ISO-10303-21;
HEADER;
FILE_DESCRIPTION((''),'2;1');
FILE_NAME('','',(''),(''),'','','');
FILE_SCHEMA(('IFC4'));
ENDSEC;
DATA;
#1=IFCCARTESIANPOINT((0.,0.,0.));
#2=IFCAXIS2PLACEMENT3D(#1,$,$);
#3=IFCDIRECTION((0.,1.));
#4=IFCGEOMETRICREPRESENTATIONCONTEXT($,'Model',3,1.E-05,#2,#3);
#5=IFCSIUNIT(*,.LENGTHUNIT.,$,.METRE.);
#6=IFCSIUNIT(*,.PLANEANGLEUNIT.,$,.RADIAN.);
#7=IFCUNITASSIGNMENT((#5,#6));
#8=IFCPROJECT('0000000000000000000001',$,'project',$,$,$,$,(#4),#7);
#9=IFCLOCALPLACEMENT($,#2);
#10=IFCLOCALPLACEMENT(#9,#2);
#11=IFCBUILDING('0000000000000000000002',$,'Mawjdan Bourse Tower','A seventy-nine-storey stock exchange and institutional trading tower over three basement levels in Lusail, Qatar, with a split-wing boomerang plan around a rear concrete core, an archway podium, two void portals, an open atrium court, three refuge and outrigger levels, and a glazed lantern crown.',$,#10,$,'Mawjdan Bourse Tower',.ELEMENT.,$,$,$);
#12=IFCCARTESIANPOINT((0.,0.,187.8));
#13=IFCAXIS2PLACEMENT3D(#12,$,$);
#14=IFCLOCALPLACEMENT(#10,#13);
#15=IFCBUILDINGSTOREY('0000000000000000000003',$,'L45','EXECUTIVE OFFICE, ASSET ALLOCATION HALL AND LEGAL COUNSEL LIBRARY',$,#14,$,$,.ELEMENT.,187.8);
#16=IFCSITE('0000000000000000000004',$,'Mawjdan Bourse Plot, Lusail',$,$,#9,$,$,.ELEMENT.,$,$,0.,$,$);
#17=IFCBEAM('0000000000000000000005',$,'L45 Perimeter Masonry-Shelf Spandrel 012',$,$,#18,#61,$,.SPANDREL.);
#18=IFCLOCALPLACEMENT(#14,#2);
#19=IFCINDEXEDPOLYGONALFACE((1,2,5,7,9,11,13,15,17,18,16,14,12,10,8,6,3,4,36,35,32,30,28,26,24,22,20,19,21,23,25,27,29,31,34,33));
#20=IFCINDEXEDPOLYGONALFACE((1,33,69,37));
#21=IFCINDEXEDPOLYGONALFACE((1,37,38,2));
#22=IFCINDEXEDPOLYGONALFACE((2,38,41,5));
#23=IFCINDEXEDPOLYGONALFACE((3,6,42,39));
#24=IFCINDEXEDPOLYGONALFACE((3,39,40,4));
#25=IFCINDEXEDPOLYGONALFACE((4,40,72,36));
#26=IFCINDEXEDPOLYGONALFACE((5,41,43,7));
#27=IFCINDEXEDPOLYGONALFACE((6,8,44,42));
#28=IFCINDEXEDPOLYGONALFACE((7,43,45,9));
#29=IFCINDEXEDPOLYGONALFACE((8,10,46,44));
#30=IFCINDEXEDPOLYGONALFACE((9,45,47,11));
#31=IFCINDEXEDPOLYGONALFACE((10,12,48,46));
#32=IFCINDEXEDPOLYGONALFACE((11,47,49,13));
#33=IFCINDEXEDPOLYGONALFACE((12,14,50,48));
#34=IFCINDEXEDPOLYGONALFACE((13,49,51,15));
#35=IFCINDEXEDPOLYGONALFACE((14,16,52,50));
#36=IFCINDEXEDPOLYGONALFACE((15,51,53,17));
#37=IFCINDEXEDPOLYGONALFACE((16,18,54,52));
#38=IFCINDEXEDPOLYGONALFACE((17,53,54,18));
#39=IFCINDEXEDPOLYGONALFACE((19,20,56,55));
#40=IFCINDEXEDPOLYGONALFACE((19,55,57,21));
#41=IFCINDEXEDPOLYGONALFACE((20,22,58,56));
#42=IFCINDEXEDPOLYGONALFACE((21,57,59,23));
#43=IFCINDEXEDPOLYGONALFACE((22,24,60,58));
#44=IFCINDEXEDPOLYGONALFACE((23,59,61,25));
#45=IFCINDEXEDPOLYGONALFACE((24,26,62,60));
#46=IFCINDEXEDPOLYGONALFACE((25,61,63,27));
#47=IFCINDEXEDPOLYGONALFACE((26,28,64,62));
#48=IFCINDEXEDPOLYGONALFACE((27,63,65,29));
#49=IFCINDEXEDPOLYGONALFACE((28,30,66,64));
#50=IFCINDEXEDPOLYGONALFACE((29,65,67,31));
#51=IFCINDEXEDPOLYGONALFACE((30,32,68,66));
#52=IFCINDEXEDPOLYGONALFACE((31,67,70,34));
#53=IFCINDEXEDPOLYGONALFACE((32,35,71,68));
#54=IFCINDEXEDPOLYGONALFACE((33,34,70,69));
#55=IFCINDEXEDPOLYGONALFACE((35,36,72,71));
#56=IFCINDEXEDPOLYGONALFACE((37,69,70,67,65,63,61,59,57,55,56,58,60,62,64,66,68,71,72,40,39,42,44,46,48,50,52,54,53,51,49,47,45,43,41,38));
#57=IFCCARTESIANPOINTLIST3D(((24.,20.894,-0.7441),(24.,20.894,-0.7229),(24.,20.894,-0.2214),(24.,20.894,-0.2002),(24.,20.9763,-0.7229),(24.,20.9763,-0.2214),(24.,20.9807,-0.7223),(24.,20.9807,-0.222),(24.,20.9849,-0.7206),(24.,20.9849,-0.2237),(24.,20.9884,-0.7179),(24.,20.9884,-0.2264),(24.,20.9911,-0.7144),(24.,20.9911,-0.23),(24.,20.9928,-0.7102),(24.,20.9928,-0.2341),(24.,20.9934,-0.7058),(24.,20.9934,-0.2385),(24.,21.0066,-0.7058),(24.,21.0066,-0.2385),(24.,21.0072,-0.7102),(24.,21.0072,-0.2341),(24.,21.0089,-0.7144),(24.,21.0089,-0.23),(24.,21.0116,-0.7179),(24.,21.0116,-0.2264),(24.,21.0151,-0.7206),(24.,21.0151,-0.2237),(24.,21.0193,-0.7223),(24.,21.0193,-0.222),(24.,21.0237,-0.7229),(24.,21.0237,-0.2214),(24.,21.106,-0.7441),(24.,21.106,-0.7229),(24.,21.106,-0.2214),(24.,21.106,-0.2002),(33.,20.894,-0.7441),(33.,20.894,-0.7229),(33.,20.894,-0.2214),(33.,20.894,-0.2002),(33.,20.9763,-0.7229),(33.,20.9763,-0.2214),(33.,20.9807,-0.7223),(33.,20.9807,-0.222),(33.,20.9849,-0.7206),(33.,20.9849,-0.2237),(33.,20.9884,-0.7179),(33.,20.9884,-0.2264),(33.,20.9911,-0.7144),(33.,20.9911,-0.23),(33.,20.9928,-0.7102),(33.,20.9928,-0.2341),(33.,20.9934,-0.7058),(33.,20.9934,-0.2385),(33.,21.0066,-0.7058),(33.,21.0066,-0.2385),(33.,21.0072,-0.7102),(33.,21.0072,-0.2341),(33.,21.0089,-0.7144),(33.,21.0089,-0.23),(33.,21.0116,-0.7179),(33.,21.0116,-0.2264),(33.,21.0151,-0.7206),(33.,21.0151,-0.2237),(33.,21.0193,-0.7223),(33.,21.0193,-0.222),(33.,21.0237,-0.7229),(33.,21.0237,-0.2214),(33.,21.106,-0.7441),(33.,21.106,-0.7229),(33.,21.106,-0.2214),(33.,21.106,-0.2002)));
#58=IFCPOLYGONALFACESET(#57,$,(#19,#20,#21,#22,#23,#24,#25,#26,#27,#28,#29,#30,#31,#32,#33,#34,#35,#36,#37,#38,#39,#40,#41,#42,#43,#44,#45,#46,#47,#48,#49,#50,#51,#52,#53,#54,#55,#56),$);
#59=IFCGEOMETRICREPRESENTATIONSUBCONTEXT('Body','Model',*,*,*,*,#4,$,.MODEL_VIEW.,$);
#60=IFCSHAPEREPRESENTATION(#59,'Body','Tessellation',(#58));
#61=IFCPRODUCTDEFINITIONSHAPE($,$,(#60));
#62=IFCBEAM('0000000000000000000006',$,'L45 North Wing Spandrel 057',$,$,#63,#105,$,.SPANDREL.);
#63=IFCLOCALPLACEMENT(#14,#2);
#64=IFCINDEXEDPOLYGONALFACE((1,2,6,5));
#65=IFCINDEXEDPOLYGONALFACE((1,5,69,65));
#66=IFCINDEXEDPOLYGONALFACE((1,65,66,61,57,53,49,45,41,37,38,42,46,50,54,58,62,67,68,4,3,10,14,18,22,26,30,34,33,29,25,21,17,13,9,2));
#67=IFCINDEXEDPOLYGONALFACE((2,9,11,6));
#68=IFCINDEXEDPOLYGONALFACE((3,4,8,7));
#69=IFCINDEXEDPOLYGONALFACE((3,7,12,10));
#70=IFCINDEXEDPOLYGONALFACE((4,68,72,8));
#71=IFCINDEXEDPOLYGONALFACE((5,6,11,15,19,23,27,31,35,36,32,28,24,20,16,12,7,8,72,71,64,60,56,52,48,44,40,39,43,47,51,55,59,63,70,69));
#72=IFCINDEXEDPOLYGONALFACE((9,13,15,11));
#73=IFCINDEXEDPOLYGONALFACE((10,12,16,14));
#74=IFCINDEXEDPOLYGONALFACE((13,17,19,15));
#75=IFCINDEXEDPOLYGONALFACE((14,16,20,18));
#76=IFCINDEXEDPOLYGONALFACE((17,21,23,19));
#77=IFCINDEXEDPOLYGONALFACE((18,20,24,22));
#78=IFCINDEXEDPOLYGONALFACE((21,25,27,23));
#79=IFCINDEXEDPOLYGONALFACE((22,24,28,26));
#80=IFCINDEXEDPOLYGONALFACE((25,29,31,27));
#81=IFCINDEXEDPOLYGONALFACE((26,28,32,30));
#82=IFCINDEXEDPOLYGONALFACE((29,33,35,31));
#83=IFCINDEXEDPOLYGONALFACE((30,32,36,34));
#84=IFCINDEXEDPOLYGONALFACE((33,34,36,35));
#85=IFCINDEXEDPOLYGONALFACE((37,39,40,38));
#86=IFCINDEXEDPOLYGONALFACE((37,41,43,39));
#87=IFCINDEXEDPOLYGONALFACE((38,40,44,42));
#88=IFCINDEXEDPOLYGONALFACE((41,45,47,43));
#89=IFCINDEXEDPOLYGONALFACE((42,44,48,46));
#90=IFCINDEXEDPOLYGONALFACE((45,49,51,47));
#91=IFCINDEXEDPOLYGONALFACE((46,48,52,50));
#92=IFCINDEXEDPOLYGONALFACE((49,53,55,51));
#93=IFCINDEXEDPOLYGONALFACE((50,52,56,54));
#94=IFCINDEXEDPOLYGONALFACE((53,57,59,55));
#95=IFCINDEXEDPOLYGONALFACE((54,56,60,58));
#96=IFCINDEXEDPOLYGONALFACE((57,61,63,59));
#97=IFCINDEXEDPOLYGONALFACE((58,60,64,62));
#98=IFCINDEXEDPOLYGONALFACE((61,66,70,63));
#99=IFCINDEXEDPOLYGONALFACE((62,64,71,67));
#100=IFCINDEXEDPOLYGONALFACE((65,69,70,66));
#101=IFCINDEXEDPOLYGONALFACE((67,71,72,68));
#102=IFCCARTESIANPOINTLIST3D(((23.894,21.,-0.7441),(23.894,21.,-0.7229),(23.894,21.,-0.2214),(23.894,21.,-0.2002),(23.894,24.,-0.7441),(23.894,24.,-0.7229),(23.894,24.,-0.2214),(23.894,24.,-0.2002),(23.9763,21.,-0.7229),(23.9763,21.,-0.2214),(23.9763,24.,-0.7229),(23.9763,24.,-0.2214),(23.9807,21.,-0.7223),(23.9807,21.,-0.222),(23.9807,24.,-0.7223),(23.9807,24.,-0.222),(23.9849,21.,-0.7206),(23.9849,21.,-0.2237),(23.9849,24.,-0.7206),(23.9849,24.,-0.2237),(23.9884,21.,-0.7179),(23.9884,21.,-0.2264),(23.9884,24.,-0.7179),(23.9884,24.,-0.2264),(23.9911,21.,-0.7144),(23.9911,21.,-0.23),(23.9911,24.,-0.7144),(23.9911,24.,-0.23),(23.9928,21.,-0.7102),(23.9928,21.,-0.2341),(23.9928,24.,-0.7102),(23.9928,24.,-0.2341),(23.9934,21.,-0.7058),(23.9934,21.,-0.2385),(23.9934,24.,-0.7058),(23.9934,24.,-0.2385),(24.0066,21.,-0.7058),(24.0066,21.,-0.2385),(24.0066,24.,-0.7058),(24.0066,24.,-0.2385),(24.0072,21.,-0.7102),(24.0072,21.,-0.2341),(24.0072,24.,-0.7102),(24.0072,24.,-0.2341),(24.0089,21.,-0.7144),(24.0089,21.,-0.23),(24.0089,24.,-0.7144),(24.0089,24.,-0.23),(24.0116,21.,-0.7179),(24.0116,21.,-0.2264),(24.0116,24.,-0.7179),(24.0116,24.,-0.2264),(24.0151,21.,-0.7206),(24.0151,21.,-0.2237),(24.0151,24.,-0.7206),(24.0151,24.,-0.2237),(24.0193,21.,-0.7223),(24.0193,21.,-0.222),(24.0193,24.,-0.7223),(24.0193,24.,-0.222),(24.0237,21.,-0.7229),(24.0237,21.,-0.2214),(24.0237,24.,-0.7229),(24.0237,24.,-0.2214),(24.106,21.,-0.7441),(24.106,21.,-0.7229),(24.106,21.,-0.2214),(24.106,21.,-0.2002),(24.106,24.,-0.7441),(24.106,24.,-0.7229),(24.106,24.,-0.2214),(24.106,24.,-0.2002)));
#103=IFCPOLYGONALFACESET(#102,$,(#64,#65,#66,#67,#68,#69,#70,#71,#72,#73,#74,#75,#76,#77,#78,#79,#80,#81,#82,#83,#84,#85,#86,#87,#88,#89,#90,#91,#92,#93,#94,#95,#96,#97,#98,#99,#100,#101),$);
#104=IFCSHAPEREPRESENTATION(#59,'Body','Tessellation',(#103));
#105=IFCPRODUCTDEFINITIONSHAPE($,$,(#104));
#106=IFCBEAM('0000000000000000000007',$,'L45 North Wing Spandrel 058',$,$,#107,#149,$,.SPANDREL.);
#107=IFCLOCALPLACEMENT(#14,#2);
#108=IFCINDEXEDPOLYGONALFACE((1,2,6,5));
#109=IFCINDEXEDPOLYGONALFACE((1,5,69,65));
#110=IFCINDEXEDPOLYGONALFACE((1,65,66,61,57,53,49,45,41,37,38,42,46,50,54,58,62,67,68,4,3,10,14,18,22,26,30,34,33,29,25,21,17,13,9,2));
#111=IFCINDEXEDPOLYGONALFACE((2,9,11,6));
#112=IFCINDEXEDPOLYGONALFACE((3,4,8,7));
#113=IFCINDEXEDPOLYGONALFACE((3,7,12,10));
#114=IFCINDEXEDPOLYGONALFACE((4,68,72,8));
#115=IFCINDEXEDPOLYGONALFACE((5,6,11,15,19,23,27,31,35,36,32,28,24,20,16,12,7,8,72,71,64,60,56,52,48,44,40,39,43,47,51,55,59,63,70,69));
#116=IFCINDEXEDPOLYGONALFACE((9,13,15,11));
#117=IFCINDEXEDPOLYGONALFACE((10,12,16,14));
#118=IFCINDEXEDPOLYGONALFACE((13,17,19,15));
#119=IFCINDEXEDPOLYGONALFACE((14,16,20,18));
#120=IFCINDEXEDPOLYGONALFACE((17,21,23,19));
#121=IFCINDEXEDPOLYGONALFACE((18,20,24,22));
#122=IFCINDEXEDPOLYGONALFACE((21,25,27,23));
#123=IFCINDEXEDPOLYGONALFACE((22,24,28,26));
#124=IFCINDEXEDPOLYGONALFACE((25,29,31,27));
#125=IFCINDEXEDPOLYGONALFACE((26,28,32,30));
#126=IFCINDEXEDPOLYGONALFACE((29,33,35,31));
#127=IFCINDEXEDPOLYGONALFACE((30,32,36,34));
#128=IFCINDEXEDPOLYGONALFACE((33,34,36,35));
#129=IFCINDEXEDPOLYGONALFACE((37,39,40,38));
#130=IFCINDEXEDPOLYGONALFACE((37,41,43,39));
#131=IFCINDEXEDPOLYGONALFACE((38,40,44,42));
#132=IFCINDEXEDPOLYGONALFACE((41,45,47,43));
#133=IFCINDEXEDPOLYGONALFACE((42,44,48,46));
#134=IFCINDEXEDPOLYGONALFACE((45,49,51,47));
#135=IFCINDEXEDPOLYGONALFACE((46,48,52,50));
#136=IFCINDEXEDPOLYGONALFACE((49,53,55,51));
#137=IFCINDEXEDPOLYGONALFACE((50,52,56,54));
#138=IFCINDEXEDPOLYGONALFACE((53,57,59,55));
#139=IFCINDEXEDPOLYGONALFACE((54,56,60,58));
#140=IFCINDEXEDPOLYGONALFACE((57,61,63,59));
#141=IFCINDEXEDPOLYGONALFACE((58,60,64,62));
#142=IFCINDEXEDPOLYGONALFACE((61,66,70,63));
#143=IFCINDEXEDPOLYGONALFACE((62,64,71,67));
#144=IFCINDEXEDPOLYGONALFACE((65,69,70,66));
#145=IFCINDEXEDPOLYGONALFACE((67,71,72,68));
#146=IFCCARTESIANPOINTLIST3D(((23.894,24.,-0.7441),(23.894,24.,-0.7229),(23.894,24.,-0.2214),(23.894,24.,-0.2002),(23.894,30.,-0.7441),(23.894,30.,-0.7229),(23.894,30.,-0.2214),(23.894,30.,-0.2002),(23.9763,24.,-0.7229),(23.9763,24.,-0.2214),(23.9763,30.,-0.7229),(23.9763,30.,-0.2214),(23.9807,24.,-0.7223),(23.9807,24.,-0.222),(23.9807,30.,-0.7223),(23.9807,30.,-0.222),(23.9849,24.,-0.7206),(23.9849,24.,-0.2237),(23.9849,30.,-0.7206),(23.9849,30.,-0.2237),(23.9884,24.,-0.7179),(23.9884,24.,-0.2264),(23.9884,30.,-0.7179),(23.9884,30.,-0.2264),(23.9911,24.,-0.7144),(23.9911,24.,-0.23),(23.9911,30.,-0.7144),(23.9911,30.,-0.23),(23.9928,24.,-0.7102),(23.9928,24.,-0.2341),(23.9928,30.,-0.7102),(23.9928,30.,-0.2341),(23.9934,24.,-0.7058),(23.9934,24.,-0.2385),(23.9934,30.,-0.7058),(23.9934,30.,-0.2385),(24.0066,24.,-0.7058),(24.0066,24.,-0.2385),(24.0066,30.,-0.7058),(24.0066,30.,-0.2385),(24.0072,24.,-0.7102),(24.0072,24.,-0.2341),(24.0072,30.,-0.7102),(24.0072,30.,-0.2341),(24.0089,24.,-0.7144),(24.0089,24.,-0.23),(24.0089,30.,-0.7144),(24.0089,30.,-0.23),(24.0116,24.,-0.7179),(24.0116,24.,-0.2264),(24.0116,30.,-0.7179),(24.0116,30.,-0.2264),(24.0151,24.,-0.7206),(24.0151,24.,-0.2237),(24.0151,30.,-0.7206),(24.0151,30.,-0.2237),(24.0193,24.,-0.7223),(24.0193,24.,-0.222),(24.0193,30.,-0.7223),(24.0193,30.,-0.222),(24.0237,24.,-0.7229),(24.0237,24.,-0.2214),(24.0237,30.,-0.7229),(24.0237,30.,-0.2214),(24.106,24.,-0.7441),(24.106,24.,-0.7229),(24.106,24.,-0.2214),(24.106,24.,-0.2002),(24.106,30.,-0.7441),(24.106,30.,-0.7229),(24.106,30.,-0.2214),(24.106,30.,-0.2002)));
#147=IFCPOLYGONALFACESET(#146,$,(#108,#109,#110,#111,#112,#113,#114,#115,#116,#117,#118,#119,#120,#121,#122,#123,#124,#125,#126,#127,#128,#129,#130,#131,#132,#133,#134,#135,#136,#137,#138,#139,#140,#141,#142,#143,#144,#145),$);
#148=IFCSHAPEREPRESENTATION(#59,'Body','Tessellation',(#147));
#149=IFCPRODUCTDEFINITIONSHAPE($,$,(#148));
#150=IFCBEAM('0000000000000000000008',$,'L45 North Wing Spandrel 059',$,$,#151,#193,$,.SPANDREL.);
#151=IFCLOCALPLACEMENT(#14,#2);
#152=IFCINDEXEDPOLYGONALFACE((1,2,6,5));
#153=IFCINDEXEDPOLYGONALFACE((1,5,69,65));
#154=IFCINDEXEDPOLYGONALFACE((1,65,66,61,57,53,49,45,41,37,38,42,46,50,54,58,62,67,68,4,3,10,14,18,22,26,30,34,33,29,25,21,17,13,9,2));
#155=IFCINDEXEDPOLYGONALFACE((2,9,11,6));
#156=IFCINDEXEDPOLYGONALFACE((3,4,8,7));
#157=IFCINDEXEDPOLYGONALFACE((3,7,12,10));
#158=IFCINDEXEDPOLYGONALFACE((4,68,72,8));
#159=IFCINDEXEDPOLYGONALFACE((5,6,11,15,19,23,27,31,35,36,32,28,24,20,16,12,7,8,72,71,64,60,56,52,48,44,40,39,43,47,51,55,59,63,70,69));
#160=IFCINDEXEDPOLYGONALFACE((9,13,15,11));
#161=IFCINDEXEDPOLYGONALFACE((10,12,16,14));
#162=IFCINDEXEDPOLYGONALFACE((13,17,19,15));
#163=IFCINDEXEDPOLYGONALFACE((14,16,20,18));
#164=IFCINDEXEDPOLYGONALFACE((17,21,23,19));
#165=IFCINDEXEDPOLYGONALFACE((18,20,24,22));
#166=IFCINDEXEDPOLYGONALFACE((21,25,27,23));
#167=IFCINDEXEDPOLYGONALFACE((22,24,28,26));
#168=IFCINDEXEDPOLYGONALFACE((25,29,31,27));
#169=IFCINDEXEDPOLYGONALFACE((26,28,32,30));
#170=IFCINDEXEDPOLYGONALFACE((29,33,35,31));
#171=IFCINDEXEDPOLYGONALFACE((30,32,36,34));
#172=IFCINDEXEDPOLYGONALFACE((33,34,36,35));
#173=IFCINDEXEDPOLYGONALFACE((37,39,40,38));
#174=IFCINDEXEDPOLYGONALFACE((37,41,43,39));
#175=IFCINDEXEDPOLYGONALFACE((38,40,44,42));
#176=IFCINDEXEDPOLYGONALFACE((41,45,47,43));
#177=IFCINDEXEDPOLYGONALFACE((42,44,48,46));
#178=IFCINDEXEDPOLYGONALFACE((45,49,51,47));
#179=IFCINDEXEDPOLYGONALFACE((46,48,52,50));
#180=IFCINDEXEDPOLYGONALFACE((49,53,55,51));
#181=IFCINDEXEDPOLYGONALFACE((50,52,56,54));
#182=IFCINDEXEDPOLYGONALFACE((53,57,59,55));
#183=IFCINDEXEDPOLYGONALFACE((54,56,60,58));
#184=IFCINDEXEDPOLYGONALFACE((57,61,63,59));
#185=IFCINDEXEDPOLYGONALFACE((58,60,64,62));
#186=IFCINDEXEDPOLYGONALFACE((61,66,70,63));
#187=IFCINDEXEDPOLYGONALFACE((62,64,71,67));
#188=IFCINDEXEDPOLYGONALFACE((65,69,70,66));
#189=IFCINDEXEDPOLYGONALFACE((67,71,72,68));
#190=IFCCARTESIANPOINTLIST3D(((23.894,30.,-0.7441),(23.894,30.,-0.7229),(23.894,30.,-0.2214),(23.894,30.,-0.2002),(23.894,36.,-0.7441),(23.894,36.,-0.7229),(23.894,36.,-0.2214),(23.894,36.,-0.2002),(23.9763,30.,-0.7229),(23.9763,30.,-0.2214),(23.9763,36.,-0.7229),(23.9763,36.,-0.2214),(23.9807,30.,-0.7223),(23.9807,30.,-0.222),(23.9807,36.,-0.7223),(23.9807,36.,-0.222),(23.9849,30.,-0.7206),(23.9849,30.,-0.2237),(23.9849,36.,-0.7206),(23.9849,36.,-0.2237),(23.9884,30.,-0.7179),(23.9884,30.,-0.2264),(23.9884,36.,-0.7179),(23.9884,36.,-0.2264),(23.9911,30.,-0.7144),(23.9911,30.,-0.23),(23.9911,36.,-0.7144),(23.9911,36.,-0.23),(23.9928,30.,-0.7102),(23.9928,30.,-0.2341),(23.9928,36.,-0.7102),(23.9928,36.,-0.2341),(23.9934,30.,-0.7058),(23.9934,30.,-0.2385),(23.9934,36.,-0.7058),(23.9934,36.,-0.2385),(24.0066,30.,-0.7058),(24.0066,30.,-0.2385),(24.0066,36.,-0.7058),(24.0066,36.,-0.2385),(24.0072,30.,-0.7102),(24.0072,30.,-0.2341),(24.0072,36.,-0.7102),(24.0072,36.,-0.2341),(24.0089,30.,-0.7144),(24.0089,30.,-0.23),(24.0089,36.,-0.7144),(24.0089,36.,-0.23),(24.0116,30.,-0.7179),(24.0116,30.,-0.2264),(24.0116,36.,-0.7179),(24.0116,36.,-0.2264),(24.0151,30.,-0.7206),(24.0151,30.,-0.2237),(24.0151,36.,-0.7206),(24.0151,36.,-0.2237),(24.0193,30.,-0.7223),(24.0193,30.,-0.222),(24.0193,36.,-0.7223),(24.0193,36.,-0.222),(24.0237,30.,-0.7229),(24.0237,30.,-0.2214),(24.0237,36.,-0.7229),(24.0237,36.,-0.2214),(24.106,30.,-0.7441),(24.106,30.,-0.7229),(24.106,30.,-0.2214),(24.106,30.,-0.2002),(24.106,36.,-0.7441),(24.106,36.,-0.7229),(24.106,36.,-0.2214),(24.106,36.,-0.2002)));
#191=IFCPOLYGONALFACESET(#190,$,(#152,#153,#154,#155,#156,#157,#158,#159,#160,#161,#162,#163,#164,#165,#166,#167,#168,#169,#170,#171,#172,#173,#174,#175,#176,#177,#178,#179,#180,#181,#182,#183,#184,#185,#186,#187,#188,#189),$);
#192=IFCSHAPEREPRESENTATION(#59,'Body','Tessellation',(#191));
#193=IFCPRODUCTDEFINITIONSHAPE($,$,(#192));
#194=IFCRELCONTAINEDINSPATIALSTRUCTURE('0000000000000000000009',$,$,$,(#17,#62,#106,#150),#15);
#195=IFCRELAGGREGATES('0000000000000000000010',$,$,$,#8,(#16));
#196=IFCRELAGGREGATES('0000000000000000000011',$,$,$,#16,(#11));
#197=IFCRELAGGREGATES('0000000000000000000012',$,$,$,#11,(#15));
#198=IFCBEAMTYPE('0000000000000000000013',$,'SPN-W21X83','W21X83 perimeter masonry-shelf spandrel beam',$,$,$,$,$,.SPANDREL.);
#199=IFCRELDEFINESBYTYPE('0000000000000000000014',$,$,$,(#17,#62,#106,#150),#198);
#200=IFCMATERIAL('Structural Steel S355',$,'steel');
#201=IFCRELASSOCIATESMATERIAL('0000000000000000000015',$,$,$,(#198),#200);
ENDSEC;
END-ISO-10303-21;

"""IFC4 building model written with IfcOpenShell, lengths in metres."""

from ifc_helpers import new_model, si_unit, direction, frame, origin, origin_2d, place, context, subcontext, project, spatial, i_section, extrude, material, material_profile, profile_set, type_object, element, save


model = new_model("IFC4")

# Units and contexts
model_context = context("Model", 3, precision=1e-05, world=origin(), true_north=direction((0.0, 1.0)))
body_context = subcontext(model_context, "Body", "Model", "MODEL_VIEW")
ifc_project = project(units=[si_unit("LENGTHUNIT", "METRE"), si_unit("PLANEANGLEUNIT", "RADIAN")], contexts=[model_context])

# Site, building, storey
site_placement = place(None, origin())
site = spatial("IfcSite", under=ifc_project, at=site_placement, Name="Mawjdan Bourse Plot, Lusail", CompositionType="ELEMENT", RefElevation=0.0)
building_placement = place(site_placement, origin())
building = spatial("IfcBuilding", under=site, at=building_placement, Name="Mawjdan Bourse Tower", Description="A seventy-nine-storey stock exchange and institutional trading tower over three basement levels in Lusail, Qatar, with a split-wing boomerang plan around a rear concrete core, an archway podium, two void portals, an open atrium court, three refuge and outrigger levels, and a glazed lantern crown.", LongName="Mawjdan Bourse Tower", CompositionType="ELEMENT")
storey_placement = place(building_placement, frame((0.0, 0.0, 187.8)))
storey = spatial("IfcBuildingStorey", under=building, at=storey_placement, Name="L45", Description="EXECUTIVE OFFICE, ASSET ALLOCATION HALL AND LEGAL COUNSEL LIBRARY", CompositionType="ELEMENT", Elevation=187.8)

# Beams
ifc_material_1 = material(Name="Structural Steel S355", Category="steel")
ifc_material_profile_1 = material_profile(ifc_material_1, i_section(OverallWidth=0.2119, OverallDepth=0.5439, WebThickness=0.0132, FlangeThickness=0.0212, FilletRadius=0.0171, at=origin_2d()), Name="W21X83")
ifc_profile_set_1 = profile_set([ifc_material_profile_1], Name="Structural Steel S355")
beam_type_1 = type_object("IfcBeamType", Name="SPN-W21X83", Description="W21X83 perimeter masonry-shelf spandrel beam", PredefinedType="SPANDREL", material=ifc_profile_set_1)
beam_1_placement = place(storey_placement, frame((24.0, 21.0, -0.4722), z_axis=(1.0, 0.0, 0.0), x_axis=(0.0, 1.0, 0.0)))
element("IfcBeam", 1, at=beam_1_placement, inside=storey, type_object=beam_type_1, Name="L45 Perimeter Masonry-Shelf Spandrel 012", PredefinedType="SPANDREL", context=body_context, shape_type="SweptSolid", body=[
    extrude(i_section(OverallWidth=0.2119, OverallDepth=0.5439, WebThickness=0.0132, FlangeThickness=0.0212, FilletRadius=0.0171, at=origin_2d()), origin(), (0.0, 0.0, 1.0), 9.0),
])
beam_2_placement = place(storey_placement, frame((24.0, 21.0, -0.4722), z_axis=(0.0, 1.0, 0.0), x_axis=(-1.0, 0.0, 0.0)))
element("IfcBeam", 2, at=beam_2_placement, inside=storey, type_object=beam_type_1, Name="L45 North Wing Spandrel 057", PredefinedType="SPANDREL", context=body_context, shape_type="SweptSolid", body=[
    extrude(i_section(OverallWidth=0.2119, OverallDepth=0.5439, WebThickness=0.0132, FlangeThickness=0.0212, FilletRadius=0.0171, at=origin_2d()), origin(), (0.0, 0.0, 1.0), 3.0),
])
for number, where, z_axis, x_axis, name in (
    (3, (24.0, 24.0, -0.4722), (0.0, 1.0, 0.0), (-1.0, 0.0, 0.0), "L45 North Wing Spandrel 058"),
    (4, (24.0, 30.0, -0.4722), (0.0, 1.0, 0.0), (-1.0, 0.0, 0.0), "L45 North Wing Spandrel 059"),
):
    element("IfcBeam", number, at=place(storey_placement, frame(where, z_axis=z_axis, x_axis=x_axis)), inside=storey, type_object=beam_type_1, Name=name, PredefinedType="SPANDREL", context=body_context, shape_type="SweptSolid", body=[
        extrude(i_section(OverallWidth=0.2119, OverallDepth=0.5439, WebThickness=0.0132, FlangeThickness=0.0212, FilletRadius=0.0171, at=origin_2d()), origin(), (0.0, 0.0, 1.0), 6.0),
    ])

save(model, "model.ifc")
